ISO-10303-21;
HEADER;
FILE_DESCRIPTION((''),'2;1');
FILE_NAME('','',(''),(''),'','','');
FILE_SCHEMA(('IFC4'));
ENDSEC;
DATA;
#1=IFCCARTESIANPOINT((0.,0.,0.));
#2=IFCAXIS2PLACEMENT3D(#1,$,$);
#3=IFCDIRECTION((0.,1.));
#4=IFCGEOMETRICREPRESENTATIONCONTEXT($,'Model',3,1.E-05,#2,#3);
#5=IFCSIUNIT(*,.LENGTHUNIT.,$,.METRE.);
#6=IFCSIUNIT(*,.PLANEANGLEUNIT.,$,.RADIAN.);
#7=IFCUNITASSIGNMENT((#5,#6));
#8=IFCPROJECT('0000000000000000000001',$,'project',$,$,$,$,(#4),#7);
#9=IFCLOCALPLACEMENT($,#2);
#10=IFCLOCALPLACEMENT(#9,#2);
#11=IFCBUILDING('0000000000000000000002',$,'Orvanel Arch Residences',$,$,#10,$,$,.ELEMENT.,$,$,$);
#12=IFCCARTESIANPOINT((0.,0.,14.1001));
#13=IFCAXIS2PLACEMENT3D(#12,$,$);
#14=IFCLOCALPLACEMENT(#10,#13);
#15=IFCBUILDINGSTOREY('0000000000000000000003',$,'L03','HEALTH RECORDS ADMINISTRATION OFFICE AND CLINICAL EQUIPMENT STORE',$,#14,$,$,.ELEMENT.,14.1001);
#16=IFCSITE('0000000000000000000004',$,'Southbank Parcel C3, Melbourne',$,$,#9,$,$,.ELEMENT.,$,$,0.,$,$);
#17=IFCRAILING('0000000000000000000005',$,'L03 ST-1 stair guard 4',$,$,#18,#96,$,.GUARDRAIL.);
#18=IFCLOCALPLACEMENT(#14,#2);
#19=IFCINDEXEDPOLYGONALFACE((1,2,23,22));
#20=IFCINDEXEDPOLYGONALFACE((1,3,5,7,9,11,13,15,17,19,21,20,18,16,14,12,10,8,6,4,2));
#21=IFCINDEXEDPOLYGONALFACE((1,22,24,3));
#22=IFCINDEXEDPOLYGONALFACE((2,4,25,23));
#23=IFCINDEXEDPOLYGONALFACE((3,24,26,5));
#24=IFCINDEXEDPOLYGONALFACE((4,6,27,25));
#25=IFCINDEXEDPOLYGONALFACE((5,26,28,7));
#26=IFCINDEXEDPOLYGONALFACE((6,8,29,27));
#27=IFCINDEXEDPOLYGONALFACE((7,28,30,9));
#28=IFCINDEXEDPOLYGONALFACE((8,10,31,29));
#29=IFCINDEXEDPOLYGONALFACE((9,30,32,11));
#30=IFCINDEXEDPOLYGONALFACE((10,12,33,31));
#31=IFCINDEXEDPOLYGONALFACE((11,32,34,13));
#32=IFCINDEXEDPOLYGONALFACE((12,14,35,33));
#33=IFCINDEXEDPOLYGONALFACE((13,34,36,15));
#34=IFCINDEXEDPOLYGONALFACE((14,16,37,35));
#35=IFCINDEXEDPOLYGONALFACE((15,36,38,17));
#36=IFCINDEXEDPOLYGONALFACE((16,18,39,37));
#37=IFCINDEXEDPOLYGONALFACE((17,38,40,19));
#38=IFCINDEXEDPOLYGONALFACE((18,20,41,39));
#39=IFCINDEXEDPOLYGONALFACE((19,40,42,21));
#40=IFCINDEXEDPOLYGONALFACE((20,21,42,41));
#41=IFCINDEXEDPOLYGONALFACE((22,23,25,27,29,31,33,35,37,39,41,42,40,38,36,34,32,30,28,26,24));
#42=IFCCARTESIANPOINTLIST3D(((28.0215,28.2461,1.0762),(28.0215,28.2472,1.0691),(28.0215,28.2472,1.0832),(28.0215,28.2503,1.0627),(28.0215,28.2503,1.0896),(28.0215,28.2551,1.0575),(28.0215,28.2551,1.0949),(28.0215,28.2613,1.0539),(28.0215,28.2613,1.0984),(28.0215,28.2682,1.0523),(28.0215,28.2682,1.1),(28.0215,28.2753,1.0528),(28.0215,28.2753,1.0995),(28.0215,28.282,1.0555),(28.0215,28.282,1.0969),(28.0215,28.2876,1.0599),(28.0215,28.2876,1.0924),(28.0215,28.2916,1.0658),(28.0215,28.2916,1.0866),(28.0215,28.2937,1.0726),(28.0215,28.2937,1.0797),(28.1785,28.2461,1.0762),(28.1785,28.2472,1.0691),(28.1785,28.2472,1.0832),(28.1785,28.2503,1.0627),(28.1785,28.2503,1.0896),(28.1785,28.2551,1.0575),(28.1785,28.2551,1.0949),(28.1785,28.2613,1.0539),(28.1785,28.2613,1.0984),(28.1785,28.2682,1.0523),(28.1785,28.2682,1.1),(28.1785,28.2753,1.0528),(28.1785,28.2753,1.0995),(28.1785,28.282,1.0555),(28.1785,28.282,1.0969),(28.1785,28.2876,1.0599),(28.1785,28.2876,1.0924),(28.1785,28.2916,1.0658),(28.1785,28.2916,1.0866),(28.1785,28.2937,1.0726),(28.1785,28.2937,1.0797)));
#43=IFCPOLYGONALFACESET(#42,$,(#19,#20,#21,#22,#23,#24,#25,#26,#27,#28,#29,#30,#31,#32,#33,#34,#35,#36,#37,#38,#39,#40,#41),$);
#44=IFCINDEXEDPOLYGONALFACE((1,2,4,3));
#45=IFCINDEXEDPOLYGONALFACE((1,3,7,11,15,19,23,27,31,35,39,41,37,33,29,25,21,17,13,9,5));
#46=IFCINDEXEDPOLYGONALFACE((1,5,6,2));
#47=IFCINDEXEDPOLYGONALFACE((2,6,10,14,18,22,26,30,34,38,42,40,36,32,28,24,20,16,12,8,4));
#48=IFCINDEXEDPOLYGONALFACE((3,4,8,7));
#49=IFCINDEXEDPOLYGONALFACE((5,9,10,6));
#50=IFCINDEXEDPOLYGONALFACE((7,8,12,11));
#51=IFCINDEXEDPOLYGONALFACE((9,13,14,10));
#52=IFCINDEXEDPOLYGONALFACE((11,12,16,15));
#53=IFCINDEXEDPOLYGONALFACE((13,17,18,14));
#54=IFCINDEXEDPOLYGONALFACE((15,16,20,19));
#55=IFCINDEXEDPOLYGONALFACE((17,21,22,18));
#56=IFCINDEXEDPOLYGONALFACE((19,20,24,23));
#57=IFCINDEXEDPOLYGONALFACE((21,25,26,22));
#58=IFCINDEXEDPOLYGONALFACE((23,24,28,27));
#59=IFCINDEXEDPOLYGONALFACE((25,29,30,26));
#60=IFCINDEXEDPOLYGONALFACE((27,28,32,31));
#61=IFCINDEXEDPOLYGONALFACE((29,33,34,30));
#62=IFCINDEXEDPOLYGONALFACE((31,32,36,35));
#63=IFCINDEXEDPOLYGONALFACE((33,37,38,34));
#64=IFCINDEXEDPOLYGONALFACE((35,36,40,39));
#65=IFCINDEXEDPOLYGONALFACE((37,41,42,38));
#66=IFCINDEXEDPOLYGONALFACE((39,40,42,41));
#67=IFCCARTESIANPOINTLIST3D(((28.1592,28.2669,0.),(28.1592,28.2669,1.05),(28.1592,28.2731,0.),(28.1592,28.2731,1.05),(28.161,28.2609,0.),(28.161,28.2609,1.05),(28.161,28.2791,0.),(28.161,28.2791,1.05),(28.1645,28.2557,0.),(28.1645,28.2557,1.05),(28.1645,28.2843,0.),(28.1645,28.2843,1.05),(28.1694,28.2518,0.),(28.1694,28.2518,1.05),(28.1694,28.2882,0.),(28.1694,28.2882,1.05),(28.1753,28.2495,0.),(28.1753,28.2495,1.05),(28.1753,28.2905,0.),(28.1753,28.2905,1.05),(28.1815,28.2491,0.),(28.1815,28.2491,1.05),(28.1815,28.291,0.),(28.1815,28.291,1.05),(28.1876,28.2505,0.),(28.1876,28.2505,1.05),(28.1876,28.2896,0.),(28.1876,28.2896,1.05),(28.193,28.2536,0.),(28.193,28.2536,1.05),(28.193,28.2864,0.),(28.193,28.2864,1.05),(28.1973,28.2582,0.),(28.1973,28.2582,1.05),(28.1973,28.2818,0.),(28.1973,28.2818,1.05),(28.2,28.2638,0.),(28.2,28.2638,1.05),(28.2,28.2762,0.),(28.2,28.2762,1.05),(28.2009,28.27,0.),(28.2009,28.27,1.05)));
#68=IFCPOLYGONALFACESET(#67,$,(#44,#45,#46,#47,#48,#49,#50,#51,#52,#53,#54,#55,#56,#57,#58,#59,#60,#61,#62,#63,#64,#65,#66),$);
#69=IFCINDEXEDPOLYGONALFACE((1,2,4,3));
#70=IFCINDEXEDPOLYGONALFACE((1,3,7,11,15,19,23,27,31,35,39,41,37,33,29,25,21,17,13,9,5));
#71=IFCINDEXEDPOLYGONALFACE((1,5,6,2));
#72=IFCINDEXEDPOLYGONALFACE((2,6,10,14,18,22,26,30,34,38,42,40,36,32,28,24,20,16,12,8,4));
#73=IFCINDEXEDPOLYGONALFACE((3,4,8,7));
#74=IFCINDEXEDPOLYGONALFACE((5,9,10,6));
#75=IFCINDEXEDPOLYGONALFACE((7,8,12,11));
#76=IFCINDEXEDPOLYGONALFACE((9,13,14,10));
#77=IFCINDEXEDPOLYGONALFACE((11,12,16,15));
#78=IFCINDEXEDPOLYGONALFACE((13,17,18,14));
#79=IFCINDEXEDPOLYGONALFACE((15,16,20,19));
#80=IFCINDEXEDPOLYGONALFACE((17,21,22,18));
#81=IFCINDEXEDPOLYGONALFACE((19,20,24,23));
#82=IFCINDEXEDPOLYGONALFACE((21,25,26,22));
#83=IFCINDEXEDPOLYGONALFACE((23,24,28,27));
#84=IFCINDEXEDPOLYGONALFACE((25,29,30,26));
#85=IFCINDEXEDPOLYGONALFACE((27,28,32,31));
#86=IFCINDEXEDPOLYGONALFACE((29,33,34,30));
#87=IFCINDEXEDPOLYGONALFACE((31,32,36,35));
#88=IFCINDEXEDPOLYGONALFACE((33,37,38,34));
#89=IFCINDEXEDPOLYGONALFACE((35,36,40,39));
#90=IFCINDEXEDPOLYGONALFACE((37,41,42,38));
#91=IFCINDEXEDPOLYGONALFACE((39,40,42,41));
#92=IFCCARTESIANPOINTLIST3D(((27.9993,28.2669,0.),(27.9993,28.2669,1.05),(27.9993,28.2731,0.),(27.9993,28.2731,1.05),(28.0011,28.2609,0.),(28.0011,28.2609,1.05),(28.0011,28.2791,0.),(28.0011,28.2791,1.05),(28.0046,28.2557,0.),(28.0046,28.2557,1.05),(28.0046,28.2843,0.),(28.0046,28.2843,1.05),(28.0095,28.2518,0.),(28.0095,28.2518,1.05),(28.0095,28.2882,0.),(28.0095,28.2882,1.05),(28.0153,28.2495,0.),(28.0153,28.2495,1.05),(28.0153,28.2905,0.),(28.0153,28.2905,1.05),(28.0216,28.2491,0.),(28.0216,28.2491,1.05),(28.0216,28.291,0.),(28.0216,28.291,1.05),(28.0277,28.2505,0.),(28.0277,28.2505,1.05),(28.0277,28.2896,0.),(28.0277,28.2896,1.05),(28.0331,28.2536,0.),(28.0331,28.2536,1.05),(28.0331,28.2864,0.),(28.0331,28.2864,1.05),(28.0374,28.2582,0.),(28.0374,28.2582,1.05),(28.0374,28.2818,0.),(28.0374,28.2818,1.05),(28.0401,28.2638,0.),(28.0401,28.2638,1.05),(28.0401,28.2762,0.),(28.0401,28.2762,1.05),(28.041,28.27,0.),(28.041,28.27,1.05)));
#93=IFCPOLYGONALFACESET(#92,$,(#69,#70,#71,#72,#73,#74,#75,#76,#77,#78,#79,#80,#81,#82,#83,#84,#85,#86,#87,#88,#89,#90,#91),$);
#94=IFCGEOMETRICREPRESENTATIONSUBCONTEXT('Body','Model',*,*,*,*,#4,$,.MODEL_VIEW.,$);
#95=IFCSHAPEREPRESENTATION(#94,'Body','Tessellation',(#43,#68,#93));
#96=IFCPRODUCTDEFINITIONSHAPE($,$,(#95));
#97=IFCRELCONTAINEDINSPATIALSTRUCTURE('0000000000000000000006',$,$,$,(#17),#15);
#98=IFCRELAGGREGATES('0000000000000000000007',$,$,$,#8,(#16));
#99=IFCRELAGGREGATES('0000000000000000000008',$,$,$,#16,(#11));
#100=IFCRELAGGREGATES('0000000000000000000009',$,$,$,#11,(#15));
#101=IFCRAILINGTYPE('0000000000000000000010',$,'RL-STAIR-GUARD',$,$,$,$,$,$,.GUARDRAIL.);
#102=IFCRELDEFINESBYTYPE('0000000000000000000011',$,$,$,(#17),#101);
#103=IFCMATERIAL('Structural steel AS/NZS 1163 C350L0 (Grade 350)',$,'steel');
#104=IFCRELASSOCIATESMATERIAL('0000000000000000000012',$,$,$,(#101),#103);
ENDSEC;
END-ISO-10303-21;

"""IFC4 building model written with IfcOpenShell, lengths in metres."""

from ifc_helpers import new_model, si_unit, direction, frame, origin, origin_2d, place, context, subcontext, project, spatial, circle, extrude, material, type_object, element, save


model = new_model("IFC4")

# Units and contexts
model_context = context("Model", 3, precision=1e-05, world=origin(), true_north=direction((0.0, 1.0)))
body_context = subcontext(model_context, "Body", "Model", "MODEL_VIEW")
ifc_project = project(units=[si_unit("LENGTHUNIT", "METRE"), si_unit("PLANEANGLEUNIT", "RADIAN")], contexts=[model_context])

# Site, building, storey
site_placement = place(None, origin())
site = spatial("IfcSite", under=ifc_project, at=site_placement, Name="Southbank Parcel C3, Melbourne", CompositionType="ELEMENT", RefElevation=0.0)
building_placement = place(site_placement, origin())
building = spatial("IfcBuilding", under=site, at=building_placement, Name="Orvanel Arch Residences", CompositionType="ELEMENT")
storey_placement = place(building_placement, frame((0.0, 0.0, 14.1001)))
storey = spatial("IfcBuildingStorey", under=building, at=storey_placement, Name="L03", Description="HEALTH RECORDS ADMINISTRATION OFFICE AND CLINICAL EQUIPMENT STORE", CompositionType="ELEMENT", Elevation=14.1001)

# Railing
ifc_material_1 = material(Name="Structural steel AS/NZS 1163 C350L0 (Grade 350)", Category="steel")
railing_type = type_object("IfcRailingType", Name="RL-STAIR-GUARD", PredefinedType="GUARDRAIL", material=ifc_material_1)
railing_1_placement = place(storey_placement, frame((28.1799, 28.27, 0.0)))
element("IfcRailing", 1, at=railing_1_placement, inside=storey, type_object=railing_type, Name="L03 ST-1 stair guard 4", PredefinedType="GUARDRAIL", context=body_context, shape_type="SweptSolid", body=[
    extrude(circle(Radius=0.0239, at=origin_2d()), frame((-0.0015, 0.0, 1.0762), z_axis=(-1.0, 0.0, 0.0), x_axis=(0.0, -1.0, 0.0)), (0.0, 0.0, 1.0), 0.157),
    extrude(circle(Radius=0.021, at=origin_2d()), origin(), (0.0, 0.0, 1.0), 1.05),
    extrude(circle(Radius=0.021, at=origin_2d()), frame((-0.1599, 0.0, 0.0)), (0.0, 0.0, 1.0), 1.05),
])

save(model, "model.ifc")
